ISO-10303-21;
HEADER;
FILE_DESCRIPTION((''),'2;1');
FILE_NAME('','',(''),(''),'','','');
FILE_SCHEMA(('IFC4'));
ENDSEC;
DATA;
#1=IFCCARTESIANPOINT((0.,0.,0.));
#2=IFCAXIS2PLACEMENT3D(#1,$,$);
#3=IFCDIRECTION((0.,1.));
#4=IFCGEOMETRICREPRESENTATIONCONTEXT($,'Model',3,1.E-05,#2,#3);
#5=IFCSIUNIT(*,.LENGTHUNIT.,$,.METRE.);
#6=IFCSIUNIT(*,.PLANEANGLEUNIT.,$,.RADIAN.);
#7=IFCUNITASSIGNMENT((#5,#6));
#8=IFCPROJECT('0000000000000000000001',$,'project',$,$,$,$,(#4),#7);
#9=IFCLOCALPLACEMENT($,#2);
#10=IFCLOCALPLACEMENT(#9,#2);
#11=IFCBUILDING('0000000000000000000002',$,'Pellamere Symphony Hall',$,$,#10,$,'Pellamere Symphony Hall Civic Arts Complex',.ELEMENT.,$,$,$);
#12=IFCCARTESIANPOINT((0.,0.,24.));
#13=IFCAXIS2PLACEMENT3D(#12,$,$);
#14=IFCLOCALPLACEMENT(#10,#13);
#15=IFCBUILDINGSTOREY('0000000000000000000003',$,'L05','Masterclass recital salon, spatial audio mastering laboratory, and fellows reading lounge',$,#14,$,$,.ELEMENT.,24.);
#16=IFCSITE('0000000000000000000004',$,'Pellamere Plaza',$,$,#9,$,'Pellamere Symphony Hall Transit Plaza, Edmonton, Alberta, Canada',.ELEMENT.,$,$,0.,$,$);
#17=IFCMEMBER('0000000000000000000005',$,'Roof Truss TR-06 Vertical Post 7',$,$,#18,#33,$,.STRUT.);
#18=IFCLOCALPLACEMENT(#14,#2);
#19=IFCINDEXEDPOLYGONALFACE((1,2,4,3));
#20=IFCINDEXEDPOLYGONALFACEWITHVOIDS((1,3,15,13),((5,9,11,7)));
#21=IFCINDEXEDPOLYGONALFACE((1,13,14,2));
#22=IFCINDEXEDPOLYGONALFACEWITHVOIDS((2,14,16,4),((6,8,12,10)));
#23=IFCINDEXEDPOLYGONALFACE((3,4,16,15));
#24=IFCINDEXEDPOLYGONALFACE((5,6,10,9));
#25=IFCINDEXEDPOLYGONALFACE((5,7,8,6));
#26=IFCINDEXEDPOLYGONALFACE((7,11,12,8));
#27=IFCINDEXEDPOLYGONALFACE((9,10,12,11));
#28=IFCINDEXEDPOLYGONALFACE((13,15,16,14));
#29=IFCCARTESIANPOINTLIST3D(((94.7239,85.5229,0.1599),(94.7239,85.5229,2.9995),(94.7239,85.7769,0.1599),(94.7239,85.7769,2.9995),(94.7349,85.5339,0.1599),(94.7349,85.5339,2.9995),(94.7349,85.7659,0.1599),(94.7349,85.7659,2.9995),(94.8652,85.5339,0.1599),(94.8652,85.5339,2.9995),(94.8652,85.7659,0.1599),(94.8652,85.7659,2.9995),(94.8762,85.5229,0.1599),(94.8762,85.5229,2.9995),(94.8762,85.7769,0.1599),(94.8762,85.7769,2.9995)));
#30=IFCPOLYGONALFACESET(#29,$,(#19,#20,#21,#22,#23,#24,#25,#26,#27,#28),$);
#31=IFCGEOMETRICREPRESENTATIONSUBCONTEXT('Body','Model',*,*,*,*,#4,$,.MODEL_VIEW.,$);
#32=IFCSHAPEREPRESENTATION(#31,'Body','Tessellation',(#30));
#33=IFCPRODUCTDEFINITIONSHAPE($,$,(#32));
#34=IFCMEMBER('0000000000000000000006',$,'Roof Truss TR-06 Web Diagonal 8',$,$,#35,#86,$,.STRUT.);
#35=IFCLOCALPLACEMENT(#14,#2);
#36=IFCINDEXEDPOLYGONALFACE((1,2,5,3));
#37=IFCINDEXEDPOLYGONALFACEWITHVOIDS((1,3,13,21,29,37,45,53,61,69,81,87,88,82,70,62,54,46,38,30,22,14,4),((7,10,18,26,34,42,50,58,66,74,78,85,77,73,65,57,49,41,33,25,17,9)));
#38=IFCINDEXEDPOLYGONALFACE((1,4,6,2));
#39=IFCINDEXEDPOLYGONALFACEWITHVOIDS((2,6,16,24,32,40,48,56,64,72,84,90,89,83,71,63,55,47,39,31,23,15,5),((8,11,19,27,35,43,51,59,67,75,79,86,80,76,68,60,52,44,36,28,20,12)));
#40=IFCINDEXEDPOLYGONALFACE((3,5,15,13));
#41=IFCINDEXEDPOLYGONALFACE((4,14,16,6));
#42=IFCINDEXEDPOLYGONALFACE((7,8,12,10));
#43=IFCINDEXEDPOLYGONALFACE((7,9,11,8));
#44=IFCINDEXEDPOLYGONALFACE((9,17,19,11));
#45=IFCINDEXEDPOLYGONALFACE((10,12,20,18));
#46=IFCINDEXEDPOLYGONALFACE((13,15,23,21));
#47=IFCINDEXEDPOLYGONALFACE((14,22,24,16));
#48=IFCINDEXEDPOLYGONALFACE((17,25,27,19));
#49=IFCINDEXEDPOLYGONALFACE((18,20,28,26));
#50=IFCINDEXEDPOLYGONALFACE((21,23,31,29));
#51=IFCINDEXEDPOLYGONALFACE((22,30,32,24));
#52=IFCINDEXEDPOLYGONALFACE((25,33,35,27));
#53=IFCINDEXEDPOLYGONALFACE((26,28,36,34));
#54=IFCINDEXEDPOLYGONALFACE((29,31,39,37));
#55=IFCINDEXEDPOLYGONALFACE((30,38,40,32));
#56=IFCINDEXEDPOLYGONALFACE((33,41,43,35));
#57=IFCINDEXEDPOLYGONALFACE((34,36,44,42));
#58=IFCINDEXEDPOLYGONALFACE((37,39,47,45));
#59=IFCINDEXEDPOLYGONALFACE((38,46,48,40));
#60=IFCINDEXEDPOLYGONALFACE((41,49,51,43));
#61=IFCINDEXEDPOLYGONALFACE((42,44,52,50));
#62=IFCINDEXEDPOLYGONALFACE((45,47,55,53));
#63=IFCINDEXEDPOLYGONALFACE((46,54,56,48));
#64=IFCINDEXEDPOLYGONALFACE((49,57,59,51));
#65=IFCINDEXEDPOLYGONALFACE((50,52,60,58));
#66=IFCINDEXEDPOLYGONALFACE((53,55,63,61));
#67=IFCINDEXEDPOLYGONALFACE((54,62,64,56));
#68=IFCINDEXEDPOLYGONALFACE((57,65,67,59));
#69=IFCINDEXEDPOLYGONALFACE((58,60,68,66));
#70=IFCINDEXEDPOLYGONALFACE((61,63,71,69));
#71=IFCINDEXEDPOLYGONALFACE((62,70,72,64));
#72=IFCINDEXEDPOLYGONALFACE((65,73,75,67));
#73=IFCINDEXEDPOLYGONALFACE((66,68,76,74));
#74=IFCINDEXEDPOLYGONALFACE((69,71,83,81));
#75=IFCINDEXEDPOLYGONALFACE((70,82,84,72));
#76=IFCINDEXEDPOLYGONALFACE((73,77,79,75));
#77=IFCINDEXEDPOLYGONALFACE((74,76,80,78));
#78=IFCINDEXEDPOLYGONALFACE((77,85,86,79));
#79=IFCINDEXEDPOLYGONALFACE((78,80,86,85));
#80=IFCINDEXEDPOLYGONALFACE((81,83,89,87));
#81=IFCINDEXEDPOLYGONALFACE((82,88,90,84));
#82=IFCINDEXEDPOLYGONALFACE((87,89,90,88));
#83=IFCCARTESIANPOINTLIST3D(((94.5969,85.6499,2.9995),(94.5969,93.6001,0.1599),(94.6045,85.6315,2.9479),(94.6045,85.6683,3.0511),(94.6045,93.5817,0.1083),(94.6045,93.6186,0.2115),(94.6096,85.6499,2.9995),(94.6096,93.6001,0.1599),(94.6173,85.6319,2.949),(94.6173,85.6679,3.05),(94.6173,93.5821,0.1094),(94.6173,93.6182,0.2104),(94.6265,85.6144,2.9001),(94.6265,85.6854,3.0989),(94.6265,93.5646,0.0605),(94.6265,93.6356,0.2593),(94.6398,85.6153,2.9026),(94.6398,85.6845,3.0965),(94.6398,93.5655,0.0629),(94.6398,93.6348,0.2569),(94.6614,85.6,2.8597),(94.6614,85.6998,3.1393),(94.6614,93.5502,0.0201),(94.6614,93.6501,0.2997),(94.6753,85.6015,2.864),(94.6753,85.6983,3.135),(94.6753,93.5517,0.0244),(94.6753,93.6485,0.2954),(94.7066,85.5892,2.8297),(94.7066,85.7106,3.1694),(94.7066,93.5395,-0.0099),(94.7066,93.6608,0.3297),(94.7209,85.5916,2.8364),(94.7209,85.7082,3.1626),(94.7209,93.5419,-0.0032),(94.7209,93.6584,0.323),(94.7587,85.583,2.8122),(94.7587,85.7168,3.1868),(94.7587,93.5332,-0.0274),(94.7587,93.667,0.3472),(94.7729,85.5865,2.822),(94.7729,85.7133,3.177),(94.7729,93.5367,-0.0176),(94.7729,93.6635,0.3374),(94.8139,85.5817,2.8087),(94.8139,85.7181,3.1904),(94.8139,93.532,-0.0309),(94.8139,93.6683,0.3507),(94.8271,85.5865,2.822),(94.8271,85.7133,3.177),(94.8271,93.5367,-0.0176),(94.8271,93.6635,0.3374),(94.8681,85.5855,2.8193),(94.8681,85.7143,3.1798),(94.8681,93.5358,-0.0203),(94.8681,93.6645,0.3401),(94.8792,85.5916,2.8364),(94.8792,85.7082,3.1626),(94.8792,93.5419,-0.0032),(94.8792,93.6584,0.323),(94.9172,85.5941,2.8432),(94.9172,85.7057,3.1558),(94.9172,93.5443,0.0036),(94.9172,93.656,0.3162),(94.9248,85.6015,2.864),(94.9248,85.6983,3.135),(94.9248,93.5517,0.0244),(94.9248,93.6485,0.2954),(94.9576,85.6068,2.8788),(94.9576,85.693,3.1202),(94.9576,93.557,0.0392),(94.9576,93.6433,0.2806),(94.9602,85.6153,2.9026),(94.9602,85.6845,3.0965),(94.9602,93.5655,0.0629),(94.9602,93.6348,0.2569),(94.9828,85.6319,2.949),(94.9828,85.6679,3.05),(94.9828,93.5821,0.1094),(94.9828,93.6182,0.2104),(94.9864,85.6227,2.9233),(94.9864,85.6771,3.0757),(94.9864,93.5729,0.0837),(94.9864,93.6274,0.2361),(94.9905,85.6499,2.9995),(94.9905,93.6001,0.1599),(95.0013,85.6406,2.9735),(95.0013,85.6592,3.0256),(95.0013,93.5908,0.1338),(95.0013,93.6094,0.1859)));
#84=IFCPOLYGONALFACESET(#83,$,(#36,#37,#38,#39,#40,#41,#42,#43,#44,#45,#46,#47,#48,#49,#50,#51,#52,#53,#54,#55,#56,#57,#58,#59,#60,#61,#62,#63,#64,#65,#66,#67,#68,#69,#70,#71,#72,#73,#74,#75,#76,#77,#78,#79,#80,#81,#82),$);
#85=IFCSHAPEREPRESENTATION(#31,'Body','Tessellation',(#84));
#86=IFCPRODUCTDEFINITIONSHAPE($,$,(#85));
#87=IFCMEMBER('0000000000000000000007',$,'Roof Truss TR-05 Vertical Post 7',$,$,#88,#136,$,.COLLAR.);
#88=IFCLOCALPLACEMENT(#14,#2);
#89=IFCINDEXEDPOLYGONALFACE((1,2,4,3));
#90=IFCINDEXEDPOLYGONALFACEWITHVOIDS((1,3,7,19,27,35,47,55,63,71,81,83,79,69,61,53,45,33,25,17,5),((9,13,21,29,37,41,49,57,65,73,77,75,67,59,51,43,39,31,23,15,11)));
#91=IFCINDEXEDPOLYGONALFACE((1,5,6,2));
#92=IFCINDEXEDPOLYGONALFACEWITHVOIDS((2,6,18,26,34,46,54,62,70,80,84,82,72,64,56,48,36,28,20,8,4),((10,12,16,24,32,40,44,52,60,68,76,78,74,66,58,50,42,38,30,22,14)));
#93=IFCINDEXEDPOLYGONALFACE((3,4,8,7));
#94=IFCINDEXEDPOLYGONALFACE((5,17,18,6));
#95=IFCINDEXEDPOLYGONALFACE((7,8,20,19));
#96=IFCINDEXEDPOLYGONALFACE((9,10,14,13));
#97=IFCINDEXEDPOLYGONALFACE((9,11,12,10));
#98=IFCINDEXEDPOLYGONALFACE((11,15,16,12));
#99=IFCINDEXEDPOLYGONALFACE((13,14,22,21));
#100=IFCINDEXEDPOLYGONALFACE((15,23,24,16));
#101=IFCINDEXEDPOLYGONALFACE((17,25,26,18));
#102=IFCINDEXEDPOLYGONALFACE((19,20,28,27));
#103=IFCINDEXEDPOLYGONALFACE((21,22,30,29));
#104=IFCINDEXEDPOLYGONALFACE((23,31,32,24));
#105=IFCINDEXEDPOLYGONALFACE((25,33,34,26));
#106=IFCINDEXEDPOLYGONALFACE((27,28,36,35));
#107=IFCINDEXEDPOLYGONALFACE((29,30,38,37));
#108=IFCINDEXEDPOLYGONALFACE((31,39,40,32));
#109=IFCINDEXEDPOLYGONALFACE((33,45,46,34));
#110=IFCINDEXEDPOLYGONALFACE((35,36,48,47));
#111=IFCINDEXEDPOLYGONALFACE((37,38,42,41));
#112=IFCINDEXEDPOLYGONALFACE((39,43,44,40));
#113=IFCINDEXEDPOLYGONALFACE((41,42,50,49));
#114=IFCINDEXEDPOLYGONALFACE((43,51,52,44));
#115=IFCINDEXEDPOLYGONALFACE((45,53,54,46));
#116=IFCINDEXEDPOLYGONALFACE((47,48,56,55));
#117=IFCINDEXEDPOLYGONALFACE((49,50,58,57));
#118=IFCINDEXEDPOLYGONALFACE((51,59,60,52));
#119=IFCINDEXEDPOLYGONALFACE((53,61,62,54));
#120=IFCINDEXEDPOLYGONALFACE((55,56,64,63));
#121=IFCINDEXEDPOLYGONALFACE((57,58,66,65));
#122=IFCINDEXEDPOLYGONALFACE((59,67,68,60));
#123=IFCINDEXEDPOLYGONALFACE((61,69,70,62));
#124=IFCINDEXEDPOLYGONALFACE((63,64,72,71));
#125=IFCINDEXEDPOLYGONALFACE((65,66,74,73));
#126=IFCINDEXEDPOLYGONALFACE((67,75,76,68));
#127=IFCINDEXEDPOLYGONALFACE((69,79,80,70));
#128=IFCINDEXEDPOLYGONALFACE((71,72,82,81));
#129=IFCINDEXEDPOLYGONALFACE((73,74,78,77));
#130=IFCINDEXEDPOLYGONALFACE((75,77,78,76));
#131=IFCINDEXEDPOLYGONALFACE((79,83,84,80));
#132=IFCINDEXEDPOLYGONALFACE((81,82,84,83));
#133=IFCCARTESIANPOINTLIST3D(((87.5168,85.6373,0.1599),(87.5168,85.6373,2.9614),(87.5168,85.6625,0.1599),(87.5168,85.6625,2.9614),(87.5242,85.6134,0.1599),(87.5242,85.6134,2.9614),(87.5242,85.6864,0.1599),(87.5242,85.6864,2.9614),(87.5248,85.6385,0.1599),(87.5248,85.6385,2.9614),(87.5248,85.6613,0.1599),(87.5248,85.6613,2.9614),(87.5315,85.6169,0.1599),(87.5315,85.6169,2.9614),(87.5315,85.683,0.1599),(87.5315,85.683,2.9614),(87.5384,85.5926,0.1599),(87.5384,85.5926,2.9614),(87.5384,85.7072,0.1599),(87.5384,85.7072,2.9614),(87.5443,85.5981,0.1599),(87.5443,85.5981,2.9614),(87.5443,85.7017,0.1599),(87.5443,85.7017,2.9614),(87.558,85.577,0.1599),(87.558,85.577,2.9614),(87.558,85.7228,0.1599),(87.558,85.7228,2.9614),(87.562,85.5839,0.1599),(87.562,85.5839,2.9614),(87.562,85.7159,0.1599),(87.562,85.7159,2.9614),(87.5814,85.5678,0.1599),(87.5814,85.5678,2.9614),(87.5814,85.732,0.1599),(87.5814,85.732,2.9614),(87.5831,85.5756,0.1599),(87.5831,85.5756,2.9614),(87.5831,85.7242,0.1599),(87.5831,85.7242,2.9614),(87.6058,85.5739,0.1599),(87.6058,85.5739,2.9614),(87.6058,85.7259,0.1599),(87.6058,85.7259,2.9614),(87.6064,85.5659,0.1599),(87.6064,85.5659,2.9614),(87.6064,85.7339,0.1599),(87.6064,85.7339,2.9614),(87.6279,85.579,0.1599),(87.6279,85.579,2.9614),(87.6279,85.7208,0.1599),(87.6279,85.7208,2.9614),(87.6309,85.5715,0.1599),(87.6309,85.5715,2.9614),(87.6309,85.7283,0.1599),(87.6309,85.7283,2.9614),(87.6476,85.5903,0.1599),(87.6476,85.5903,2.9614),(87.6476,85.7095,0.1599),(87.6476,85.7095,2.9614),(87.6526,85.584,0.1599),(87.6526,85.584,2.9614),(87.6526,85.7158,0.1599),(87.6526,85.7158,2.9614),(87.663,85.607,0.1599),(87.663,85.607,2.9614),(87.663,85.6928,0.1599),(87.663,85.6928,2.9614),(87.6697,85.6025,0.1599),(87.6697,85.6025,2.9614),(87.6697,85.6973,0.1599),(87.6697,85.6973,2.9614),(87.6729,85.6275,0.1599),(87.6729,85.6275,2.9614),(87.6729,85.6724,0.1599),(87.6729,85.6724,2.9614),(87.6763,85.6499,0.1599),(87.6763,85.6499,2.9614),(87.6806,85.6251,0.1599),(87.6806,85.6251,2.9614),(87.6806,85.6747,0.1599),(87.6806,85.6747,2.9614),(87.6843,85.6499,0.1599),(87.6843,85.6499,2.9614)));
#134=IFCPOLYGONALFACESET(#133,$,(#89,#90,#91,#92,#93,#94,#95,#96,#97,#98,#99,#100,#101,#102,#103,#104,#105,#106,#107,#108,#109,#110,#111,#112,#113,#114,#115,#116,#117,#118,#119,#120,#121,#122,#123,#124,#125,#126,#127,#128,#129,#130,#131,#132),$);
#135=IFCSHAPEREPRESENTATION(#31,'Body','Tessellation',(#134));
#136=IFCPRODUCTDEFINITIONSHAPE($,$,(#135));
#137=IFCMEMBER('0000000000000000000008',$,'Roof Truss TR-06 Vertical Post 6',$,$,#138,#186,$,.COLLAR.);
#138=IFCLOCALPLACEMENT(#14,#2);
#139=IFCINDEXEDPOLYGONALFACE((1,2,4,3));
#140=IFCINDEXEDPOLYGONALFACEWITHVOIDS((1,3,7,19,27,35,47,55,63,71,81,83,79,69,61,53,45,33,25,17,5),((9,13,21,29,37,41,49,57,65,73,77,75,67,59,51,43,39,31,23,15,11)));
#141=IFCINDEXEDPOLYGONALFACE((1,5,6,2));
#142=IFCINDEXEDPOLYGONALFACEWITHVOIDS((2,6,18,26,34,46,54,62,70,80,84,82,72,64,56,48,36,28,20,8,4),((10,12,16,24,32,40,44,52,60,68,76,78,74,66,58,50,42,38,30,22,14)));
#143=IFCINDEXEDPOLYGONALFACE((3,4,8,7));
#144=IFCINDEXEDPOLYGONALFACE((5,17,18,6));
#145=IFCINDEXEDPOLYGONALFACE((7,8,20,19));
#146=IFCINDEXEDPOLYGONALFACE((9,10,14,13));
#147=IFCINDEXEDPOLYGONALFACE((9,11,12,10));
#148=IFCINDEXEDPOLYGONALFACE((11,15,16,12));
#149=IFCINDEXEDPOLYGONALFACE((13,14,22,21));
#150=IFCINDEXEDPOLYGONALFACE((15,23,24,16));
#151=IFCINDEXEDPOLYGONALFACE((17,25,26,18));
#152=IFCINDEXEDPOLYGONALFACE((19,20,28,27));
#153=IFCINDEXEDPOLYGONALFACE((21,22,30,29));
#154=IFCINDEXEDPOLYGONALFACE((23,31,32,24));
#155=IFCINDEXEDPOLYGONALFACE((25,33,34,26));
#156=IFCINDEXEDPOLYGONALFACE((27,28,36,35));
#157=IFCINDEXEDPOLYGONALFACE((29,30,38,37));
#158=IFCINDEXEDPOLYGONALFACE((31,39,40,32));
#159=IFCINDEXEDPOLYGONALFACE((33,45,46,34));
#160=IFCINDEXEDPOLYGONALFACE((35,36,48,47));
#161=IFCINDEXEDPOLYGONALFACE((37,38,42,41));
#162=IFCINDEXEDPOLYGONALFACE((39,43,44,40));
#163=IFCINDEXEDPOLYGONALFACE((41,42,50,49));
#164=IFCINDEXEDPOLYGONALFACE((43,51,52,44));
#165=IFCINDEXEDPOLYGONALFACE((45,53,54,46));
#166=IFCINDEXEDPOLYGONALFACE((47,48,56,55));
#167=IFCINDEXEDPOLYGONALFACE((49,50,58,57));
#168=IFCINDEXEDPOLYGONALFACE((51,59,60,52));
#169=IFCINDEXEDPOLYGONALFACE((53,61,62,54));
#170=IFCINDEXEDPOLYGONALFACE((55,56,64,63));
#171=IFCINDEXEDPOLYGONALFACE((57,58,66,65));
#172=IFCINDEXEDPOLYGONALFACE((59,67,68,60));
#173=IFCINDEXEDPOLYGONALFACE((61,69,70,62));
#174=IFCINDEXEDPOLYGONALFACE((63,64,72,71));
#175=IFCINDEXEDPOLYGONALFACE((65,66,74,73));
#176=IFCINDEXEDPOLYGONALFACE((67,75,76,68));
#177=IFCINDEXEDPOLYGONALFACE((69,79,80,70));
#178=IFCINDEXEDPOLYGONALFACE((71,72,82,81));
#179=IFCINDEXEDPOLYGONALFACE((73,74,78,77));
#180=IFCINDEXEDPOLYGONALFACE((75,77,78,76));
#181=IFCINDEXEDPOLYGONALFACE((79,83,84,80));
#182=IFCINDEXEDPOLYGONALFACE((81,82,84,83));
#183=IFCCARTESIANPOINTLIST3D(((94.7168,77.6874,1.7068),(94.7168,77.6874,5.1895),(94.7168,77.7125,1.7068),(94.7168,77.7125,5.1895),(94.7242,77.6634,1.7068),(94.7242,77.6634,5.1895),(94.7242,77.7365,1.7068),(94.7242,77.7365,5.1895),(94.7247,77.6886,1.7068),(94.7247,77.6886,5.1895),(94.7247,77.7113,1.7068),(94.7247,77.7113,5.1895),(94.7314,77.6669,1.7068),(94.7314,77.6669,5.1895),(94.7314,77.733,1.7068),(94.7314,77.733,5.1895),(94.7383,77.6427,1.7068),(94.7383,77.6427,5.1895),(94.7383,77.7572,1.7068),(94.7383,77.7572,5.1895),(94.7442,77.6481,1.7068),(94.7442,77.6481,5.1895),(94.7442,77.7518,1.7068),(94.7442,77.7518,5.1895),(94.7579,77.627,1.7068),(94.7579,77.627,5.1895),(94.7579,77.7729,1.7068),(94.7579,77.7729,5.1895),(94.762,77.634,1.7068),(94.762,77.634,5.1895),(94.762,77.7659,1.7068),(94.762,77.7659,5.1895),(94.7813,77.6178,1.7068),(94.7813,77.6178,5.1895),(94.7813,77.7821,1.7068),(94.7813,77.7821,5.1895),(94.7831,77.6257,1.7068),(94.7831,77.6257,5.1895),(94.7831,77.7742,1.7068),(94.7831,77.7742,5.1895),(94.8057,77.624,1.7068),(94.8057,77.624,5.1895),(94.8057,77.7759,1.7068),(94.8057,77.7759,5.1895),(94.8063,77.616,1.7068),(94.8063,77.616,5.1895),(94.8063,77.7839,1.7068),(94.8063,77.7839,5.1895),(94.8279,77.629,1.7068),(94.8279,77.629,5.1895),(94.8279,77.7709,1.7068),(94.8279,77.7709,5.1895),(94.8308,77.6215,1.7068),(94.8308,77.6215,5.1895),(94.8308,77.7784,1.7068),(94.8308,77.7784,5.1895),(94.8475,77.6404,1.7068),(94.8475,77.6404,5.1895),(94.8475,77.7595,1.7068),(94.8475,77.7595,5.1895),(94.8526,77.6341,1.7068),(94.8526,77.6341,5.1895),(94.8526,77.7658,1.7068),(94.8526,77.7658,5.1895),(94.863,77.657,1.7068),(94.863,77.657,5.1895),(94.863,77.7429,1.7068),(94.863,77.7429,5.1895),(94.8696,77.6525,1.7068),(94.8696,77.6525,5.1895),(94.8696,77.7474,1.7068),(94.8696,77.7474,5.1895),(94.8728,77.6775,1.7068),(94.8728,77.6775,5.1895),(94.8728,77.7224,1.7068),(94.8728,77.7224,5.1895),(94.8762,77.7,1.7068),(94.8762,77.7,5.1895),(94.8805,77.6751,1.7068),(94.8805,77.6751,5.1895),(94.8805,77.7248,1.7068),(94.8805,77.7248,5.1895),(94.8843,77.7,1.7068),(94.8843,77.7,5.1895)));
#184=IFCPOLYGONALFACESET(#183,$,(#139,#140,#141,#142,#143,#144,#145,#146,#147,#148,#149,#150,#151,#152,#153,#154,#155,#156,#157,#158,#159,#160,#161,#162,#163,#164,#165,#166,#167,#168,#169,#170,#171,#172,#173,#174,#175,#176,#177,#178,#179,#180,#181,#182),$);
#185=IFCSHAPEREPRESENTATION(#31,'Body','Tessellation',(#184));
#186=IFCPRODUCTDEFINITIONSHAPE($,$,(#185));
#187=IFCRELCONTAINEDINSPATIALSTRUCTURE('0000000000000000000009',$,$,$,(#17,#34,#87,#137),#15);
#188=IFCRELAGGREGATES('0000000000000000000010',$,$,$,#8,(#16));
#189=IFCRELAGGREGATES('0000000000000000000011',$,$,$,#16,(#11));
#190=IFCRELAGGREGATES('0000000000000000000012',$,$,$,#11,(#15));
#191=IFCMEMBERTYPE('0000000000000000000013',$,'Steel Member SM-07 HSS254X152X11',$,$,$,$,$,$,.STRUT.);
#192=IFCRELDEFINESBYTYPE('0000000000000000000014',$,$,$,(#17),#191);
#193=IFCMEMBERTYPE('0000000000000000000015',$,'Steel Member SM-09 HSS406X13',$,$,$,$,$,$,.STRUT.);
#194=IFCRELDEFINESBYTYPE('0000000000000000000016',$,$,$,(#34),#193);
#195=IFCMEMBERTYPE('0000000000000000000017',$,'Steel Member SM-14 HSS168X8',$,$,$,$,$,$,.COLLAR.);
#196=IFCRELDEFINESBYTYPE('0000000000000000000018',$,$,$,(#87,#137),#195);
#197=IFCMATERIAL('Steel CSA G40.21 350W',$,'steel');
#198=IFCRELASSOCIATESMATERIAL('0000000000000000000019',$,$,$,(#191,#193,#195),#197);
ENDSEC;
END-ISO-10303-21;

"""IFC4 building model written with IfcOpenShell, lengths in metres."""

from ifc_helpers import new_model, si_unit, direction, frame, origin, origin_2d, place, context, subcontext, project, spatial, hollow_rectangle, hollow_circle, extrude, material, material_profile, profile_set, type_object, element, save


model = new_model("IFC4")

# Units and contexts
model_context = context("Model", 3, precision=1e-05, world=origin(), true_north=direction((0.0, 1.0)))
body_context = subcontext(model_context, "Body", "Model", "MODEL_VIEW")
ifc_project = project(units=[si_unit("LENGTHUNIT", "METRE"), si_unit("PLANEANGLEUNIT", "RADIAN")], contexts=[model_context])

# Site, building, storey
site_placement = place(None, origin())
site = spatial("IfcSite", under=ifc_project, at=site_placement, Name="Pellamere Plaza", LongName="Pellamere Symphony Hall Transit Plaza, Edmonton, Alberta, Canada", CompositionType="ELEMENT", RefElevation=0.0)
building_placement = place(site_placement, origin())
building = spatial("IfcBuilding", under=site, at=building_placement, Name="Pellamere Symphony Hall", LongName="Pellamere Symphony Hall Civic Arts Complex", CompositionType="ELEMENT")
storey_placement = place(building_placement, frame((0.0, 0.0, 24.0)))
storey = spatial("IfcBuildingStorey", under=building, at=storey_placement, Name="L05", Description="Masterclass recital salon, spatial audio mastering laboratory, and fellows reading lounge", CompositionType="ELEMENT", Elevation=24.0)

# Shared definitions
ifc_material_1 = material(Name="Steel CSA G40.21 350W", Category="steel")

# Members
ifc_material_profile_1 = material_profile(ifc_material_1, hollow_rectangle(XDim=0.1523, YDim=0.2539, WallThickness=0.011, at=origin_2d()), Name="HSS254X152X11")
ifc_profile_set_1 = profile_set([ifc_material_profile_1], Name="Steel CSA G40.21 350W")
member_type_1 = type_object("IfcMemberType", Name="Steel Member SM-07 HSS254X152X11", PredefinedType="STRUT", material=ifc_profile_set_1)
member_1_placement = place(storey_placement, frame((94.8, 85.6499, 0.1599), z_axis=(0.0, 0.0, 1.0), x_axis=(1.0, 0.0, 0.0)))
element("IfcMember", 1, at=member_1_placement, inside=storey, type_object=member_type_1, Name="Roof Truss TR-06 Vertical Post 7", PredefinedType="STRUT", context=body_context, shape_type="SweptSolid", body=[
    extrude(hollow_rectangle(XDim=0.1523, YDim=0.2539, WallThickness=0.011, at=origin_2d()), origin(), (0.0, 0.0, 1.0), 2.8396),
])
ifc_material_profile_2 = material_profile(ifc_material_1, hollow_circle(Radius=0.2031, WallThickness=0.0127, at=origin_2d()), Name="HSS406X13")
ifc_profile_set_2 = profile_set([ifc_material_profile_2], Name="Steel CSA G40.21 350W")
member_type_2 = type_object("IfcMemberType", Name="Steel Member SM-09 HSS406X13", PredefinedType="STRUT", material=ifc_profile_set_2)
member_2_placement = place(storey_placement, frame((94.8, 85.6499, 2.9995), z_axis=(0.0, 0.941733, -0.336362), x_axis=(-1.0, 0.0, 0.0)))
element("IfcMember", 2, at=member_2_placement, inside=storey, type_object=member_type_2, Name="Roof Truss TR-06 Web Diagonal 8", PredefinedType="STRUT", context=body_context, shape_type="SweptSolid", body=[
    extrude(hollow_circle(Radius=0.2031, WallThickness=0.0127, at=origin_2d()), origin(), (0.0, 0.0, 1.0), 8.4421),
])
ifc_material_profile_3 = material_profile(ifc_material_1, hollow_circle(Radius=0.0842, WallThickness=0.0081, at=origin_2d()), Name="HSS168X8")
ifc_profile_set_3 = profile_set([ifc_material_profile_3], Name="Steel CSA G40.21 350W")
member_type_3 = type_object("IfcMemberType", Name="Steel Member SM-14 HSS168X8", PredefinedType="COLLAR", material=ifc_profile_set_3)
member_3_placement = place(storey_placement, frame((87.6001, 85.6499, 0.1599), z_axis=(0.0, 0.0, 1.0), x_axis=(1.0, 0.0, 0.0)))
element("IfcMember", 3, at=member_3_placement, inside=storey, type_object=member_type_3, Name="Roof Truss TR-05 Vertical Post 7", PredefinedType="COLLAR", context=body_context, shape_type="SweptSolid", body=[
    extrude(hollow_circle(Radius=0.0842, WallThickness=0.0081, at=origin_2d()), origin(), (0.0, 0.0, 1.0), 2.8015),
])
member_4_placement = place(storey_placement, frame((94.8, 77.7, 1.7068), z_axis=(0.0, 0.0, 1.0), x_axis=(1.0, 0.0, 0.0)))
element("IfcMember", 4, at=member_4_placement, inside=storey, type_object=member_type_3, Name="Roof Truss TR-06 Vertical Post 6", PredefinedType="COLLAR", context=body_context, shape_type="SweptSolid", body=[
    extrude(hollow_circle(Radius=0.0842, WallThickness=0.0081, at=origin_2d()), origin(), (0.0, 0.0, 1.0), 3.4827),
])

save(model, "model.ifc")
